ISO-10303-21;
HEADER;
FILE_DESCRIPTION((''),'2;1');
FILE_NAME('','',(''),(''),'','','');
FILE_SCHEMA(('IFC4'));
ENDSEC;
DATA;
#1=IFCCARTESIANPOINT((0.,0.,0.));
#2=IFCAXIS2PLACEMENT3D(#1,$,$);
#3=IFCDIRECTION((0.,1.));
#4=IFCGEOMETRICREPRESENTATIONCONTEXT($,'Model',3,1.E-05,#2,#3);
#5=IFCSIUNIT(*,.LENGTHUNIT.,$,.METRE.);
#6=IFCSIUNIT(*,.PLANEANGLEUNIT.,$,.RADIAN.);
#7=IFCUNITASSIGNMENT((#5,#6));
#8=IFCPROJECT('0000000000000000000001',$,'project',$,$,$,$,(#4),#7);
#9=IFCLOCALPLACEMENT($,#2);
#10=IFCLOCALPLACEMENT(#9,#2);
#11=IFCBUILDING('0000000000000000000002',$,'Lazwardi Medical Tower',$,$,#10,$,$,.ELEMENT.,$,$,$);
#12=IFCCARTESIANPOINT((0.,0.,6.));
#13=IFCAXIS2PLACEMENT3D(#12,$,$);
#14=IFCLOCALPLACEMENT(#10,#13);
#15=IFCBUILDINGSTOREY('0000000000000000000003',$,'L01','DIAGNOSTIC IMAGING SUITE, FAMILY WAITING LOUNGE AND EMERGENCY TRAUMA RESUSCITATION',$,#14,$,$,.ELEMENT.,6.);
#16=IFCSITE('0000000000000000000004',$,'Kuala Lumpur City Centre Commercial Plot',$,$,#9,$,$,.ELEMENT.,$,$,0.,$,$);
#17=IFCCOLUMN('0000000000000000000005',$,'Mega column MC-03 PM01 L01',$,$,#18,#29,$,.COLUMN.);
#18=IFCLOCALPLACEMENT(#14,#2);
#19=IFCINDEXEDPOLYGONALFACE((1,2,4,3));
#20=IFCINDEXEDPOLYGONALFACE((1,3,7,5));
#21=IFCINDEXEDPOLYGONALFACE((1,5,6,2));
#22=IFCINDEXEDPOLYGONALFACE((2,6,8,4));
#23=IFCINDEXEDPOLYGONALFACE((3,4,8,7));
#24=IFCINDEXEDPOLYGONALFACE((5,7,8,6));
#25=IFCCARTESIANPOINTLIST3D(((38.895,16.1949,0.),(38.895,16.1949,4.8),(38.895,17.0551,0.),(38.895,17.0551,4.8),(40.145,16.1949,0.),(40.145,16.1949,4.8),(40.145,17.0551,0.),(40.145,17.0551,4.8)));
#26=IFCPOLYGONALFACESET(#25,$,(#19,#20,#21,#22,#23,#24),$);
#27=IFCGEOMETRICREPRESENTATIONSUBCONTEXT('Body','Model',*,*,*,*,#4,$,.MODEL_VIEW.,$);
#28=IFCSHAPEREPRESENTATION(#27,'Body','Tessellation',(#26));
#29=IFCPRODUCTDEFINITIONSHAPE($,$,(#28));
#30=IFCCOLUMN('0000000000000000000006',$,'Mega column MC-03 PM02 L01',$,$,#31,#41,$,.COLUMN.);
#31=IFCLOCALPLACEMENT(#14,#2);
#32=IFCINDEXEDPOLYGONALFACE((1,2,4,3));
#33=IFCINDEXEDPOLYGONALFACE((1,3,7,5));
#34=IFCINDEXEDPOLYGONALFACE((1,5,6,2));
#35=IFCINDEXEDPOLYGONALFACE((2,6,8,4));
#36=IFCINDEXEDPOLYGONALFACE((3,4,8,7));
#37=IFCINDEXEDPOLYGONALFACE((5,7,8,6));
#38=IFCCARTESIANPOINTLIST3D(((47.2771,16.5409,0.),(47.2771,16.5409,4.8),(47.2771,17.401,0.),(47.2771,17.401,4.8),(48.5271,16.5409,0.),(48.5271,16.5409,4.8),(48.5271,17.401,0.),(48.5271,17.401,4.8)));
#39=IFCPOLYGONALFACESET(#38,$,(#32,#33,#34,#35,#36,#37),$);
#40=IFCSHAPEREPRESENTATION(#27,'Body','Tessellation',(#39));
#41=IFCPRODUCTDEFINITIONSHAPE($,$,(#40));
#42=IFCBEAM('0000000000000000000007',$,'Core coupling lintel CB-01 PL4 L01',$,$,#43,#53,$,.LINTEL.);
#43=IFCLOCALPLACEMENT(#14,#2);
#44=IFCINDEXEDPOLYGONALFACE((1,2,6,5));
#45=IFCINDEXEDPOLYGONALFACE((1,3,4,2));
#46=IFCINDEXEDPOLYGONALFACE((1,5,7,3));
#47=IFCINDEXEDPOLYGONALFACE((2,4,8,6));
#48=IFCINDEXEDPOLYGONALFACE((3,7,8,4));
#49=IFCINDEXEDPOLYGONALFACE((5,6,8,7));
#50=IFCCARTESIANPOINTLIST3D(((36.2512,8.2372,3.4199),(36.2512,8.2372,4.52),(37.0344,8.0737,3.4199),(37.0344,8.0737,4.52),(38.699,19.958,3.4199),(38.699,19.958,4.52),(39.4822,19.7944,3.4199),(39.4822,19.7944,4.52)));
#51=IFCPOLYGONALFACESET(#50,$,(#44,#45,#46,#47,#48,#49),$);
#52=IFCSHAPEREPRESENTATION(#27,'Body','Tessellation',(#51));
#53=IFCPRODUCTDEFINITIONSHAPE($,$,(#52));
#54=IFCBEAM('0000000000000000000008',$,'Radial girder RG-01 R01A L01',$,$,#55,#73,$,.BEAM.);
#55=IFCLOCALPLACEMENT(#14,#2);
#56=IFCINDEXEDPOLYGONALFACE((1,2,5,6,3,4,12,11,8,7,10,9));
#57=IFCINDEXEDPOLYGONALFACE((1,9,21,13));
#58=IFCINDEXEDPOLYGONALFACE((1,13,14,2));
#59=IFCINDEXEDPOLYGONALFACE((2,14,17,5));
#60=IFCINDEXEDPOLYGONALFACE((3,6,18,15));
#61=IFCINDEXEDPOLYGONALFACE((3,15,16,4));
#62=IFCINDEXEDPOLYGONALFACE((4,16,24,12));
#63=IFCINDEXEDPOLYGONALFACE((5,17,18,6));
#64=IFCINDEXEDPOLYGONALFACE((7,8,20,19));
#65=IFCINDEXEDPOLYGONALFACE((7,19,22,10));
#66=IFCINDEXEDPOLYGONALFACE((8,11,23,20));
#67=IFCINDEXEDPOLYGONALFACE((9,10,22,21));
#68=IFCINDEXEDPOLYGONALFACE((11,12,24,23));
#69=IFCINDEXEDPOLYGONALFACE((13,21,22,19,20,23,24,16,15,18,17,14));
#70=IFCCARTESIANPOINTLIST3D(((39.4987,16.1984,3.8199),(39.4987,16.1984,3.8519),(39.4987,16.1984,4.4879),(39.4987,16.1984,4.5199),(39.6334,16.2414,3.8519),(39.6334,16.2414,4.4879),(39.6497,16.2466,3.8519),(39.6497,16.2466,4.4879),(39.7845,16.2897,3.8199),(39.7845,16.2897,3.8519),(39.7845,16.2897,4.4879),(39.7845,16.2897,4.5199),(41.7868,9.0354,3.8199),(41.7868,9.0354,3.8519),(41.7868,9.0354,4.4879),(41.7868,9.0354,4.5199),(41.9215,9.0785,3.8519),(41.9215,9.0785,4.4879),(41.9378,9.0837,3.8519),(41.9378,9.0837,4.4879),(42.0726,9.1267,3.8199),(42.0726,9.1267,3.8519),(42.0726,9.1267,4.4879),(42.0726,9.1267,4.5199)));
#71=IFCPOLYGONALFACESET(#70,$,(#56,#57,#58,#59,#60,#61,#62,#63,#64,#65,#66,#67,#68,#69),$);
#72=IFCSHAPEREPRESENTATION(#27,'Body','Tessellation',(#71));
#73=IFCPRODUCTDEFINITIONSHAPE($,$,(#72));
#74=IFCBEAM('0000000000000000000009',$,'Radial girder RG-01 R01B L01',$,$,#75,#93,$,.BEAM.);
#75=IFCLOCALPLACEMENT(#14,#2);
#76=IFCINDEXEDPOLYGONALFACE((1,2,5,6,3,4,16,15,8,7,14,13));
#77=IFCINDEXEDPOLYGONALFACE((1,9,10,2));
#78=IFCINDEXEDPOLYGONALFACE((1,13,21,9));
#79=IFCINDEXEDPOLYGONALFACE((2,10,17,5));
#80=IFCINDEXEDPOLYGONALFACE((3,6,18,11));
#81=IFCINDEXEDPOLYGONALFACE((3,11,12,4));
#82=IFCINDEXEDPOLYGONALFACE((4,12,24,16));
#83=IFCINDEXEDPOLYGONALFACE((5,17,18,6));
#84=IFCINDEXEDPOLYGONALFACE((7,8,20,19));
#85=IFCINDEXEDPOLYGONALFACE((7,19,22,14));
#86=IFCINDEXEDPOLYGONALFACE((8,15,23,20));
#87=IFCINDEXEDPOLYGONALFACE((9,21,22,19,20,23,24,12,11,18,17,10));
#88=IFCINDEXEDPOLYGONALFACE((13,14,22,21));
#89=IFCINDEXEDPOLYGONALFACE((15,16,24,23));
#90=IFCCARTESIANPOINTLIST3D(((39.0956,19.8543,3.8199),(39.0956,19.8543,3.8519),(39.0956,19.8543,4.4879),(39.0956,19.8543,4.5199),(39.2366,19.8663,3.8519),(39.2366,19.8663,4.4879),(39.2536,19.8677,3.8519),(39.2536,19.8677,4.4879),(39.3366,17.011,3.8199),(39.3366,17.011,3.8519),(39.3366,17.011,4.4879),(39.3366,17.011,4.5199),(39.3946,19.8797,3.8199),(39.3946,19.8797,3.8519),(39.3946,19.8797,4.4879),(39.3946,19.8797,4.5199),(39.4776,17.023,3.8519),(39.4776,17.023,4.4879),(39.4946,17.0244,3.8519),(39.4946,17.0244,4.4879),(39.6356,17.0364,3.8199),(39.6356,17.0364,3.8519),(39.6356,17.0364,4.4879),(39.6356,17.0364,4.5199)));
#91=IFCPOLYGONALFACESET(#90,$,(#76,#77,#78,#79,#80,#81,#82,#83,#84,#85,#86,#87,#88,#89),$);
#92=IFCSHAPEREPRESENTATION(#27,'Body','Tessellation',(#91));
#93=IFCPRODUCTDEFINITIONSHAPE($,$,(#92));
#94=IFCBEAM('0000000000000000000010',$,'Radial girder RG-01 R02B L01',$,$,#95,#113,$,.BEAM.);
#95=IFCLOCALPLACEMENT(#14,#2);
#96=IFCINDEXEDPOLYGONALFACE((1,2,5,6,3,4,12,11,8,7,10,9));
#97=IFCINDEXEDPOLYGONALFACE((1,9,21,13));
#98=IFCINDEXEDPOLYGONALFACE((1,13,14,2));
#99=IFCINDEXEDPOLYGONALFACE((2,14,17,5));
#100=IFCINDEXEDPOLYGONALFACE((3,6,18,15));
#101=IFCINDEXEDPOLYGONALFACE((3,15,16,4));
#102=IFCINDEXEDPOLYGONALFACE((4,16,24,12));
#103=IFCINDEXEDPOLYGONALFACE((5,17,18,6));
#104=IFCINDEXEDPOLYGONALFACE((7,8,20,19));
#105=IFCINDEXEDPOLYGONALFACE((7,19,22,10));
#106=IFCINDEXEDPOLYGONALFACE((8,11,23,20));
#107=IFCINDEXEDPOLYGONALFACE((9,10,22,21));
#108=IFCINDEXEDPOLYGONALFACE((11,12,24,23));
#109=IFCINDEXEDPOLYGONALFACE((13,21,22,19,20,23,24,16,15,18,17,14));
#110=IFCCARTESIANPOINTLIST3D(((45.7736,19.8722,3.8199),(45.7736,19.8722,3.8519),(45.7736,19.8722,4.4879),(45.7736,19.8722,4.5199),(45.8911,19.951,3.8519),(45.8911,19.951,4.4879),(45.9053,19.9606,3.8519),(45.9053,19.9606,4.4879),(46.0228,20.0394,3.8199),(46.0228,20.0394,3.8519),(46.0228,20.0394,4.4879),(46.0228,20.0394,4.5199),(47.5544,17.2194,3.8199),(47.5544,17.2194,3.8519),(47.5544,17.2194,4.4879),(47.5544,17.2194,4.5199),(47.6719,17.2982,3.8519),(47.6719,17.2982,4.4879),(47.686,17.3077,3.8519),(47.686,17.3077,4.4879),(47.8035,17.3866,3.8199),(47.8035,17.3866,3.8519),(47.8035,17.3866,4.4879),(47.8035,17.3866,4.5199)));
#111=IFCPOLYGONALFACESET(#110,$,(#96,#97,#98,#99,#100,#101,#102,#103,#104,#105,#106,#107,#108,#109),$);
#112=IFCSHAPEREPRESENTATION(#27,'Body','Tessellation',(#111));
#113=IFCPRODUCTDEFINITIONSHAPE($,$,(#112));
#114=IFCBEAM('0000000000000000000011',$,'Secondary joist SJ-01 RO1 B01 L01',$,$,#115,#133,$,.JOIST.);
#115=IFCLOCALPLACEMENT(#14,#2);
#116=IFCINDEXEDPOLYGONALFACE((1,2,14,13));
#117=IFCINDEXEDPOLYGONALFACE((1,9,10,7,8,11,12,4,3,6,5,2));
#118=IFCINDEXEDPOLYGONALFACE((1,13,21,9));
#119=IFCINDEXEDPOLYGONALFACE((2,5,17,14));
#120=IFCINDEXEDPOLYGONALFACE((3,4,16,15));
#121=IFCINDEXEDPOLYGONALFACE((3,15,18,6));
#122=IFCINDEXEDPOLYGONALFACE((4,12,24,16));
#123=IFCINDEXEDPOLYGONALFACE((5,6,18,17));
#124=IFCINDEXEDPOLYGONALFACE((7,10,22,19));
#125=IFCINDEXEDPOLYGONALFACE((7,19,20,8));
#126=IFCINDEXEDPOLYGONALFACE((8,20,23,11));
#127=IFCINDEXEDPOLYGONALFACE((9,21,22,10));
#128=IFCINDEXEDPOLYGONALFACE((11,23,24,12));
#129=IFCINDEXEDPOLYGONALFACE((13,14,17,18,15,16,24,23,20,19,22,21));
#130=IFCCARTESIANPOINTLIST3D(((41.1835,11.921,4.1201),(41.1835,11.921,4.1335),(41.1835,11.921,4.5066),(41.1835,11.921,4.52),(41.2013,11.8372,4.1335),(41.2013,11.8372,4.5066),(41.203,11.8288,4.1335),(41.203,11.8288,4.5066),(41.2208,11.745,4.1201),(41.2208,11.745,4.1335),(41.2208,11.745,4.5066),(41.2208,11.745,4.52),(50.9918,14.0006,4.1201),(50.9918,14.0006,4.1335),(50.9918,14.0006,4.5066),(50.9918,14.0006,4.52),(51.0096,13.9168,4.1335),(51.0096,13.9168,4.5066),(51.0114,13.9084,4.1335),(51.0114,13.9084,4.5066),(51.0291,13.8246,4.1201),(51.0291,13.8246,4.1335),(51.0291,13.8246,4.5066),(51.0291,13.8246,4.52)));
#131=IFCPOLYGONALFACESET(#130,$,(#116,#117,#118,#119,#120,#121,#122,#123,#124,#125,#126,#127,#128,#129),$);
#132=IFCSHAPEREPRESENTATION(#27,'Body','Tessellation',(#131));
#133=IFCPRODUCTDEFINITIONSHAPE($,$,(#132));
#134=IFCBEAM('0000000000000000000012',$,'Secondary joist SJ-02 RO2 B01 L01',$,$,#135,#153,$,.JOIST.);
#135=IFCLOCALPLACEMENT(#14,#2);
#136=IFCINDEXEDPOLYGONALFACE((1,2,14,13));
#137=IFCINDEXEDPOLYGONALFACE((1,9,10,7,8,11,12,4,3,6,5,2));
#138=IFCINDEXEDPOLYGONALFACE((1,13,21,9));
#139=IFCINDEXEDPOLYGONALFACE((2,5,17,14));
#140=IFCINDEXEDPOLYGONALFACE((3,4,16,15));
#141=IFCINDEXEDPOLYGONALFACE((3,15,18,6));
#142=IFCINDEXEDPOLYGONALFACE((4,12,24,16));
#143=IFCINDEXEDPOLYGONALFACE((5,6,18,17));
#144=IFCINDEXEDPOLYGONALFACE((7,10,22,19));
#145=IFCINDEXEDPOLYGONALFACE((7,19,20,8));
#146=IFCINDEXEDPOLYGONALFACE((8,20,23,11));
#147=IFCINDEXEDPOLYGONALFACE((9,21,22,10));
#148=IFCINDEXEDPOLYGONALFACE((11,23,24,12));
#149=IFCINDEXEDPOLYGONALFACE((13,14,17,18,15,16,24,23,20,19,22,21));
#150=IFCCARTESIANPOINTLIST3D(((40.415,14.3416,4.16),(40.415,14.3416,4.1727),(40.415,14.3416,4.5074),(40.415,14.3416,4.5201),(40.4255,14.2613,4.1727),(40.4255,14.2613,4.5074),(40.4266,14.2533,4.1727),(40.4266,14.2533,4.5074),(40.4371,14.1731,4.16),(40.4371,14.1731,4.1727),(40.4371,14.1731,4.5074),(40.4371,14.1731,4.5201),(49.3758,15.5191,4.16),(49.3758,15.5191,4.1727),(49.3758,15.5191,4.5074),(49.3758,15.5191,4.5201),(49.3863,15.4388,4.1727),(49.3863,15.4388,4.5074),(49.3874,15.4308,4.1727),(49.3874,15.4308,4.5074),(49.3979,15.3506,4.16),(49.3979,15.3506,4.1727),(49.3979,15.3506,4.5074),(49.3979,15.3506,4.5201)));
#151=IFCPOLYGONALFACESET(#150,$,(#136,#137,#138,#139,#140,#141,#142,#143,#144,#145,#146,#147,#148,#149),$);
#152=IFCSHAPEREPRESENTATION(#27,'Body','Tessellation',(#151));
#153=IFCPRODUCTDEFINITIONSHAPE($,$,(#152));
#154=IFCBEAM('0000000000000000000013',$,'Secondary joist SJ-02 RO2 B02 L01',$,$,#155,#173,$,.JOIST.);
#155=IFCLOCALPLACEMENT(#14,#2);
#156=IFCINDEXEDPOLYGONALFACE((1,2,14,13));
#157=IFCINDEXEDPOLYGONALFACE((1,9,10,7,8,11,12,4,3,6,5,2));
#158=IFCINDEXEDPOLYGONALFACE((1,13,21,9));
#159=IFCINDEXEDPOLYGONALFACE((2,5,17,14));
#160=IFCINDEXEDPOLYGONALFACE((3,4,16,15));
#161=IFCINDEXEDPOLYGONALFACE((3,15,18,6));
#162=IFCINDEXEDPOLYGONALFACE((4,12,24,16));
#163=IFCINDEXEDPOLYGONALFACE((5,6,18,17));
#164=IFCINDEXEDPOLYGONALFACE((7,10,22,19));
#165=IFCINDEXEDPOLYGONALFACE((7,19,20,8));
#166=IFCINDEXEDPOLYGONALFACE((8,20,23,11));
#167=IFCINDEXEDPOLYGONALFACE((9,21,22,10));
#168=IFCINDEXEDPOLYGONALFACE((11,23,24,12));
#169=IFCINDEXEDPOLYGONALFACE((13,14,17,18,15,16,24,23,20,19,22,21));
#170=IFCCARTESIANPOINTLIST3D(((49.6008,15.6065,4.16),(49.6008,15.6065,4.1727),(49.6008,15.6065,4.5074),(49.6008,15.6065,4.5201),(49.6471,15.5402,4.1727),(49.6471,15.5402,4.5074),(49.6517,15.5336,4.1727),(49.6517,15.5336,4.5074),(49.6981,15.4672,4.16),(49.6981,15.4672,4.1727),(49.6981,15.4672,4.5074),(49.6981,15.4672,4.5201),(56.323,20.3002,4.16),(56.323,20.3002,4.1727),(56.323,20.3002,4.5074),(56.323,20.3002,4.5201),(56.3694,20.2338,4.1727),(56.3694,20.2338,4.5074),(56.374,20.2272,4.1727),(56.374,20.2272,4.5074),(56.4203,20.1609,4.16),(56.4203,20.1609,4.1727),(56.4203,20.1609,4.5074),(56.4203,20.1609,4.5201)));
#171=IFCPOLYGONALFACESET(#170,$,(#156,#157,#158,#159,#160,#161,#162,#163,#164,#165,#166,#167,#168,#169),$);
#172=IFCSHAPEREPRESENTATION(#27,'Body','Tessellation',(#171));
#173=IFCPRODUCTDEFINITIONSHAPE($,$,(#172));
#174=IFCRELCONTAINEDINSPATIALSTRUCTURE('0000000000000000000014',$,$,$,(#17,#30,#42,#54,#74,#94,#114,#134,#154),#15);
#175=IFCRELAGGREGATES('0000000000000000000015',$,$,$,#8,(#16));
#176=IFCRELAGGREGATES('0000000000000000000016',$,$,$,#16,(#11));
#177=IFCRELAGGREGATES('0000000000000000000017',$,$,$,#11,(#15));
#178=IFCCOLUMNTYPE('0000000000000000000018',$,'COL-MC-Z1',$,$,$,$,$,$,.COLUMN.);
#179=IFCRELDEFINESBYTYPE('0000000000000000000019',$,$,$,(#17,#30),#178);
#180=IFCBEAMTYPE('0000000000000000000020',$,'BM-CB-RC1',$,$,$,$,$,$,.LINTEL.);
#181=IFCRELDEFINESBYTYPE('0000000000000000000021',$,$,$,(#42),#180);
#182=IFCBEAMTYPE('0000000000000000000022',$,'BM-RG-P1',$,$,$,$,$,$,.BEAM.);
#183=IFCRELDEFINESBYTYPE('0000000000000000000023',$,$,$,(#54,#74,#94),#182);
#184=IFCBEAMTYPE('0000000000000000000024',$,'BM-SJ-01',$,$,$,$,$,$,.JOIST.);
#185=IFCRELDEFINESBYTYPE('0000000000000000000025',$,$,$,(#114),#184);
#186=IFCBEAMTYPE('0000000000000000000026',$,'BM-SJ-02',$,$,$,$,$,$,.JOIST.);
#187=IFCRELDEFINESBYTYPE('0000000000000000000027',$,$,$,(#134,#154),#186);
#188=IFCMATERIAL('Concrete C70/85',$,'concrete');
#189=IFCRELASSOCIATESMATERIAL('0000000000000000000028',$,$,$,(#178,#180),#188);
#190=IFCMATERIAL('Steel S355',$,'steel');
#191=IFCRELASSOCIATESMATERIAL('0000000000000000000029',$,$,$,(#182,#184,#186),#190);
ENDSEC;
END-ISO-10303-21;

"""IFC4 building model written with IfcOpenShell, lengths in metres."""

from ifc_helpers import new_model, si_unit, direction, frame, origin, origin_2d, place, context, subcontext, project, spatial, rectangle, i_section, extrude, material, material_profile, profile_set, type_object, element, save


model = new_model("IFC4")

# Units and contexts
model_context = context("Model", 3, precision=1e-05, world=origin(), true_north=direction((0.0, 1.0)))
body_context = subcontext(model_context, "Body", "Model", "MODEL_VIEW")
ifc_project = project(units=[si_unit("LENGTHUNIT", "METRE"), si_unit("PLANEANGLEUNIT", "RADIAN")], contexts=[model_context])

# Site, building, storey
site_placement = place(None, origin())
site = spatial("IfcSite", under=ifc_project, at=site_placement, Name="Kuala Lumpur City Centre Commercial Plot", CompositionType="ELEMENT", RefElevation=0.0)
building_placement = place(site_placement, origin())
building = spatial("IfcBuilding", under=site, at=building_placement, Name="Lazwardi Medical Tower", CompositionType="ELEMENT")
storey_placement = place(building_placement, frame((0.0, 0.0, 6.0)))
storey = spatial("IfcBuildingStorey", under=building, at=storey_placement, Name="L01", Description="DIAGNOSTIC IMAGING SUITE, FAMILY WAITING LOUNGE AND EMERGENCY TRAUMA RESUSCITATION", CompositionType="ELEMENT", Elevation=6.0)

# Columns
ifc_material_1 = material(Name="Concrete C70/85", Category="concrete")
ifc_material_profile_1 = material_profile(ifc_material_1, rectangle(XDim=1.25, YDim=0.8601, at=origin_2d()), Name="CFT-RECT 1250x860")
ifc_profile_set_1 = profile_set([ifc_material_profile_1], Name="Concrete C70/85")
column_type = type_object("IfcColumnType", Name="COL-MC-Z1", PredefinedType="COLUMN", material=ifc_profile_set_1)
for number, where, z_axis, x_axis, name in (
    (1, (39.52, 16.625, 0.0), (0.0, 0.0, 1.0), (1.0, 0.0, 0.0), "Mega column MC-03 PM01 L01"),
    (2, (47.9021, 16.9709, 0.0), (0.0, 0.0, 1.0), (1.0, 0.0, 0.0), "Mega column MC-03 PM02 L01"),
):
    element("IfcColumn", number, at=place(storey_placement, frame(where, z_axis=z_axis, x_axis=x_axis)), inside=storey, type_object=column_type, Name=name, PredefinedType="COLUMN", context=body_context, shape_type="SweptSolid", body=[
        extrude(rectangle(XDim=1.25, YDim=0.8601, at=origin_2d()), origin(), (0.0, 0.0, 1.0), 4.8),
    ])

# Beams
ifc_material_profile_2 = material_profile(ifc_material_1, rectangle(XDim=0.8, YDim=1.1001, at=origin_2d()), Name="RC 800x1100")
ifc_profile_set_2 = profile_set([ifc_material_profile_2], Name="Concrete C70/85")
beam_type_1 = type_object("IfcBeamType", Name="BM-CB-RC1", PredefinedType="LINTEL", material=ifc_profile_set_2)
beam_1_placement = place(storey_placement, frame((39.0906, 19.8762, 3.97), z_axis=(-0.20443, -0.978881, 0.0), x_axis=(0.978881, -0.20443, 0.0)))
element("IfcBeam", 3, at=beam_1_placement, inside=storey, type_object=beam_type_1, Name="Core coupling lintel CB-01 PL4 L01", PredefinedType="LINTEL", context=body_context, shape_type="SweptSolid", body=[
    extrude(rectangle(XDim=0.8, YDim=1.1001, at=origin_2d()), origin(), (0.0, 0.0, 1.0), 11.9736),
])
ifc_material_2 = material(Name="Steel S355", Category="steel")
ifc_material_profile_3 = material_profile(ifc_material_2, i_section(OverallWidth=0.3, OverallDepth=0.7, WebThickness=0.0171, FlangeThickness=0.032, at=origin_2d()), Name="HEB 700")
ifc_profile_set_3 = profile_set([ifc_material_profile_3], Name="Steel S355")
beam_type_2 = type_object("IfcBeamType", Name="BM-RG-P1", PredefinedType="BEAM", material=ifc_profile_set_3)
beam_2_placement = place(storey_placement, frame((41.9297, 9.0811, 4.1699), z_axis=(-0.30429, 0.952579, 0.0), x_axis=(-0.952579, -0.30429, 0.0)))
element("IfcBeam", 4, at=beam_2_placement, inside=storey, type_object=beam_type_2, Name="Radial girder RG-01 R01A L01", PredefinedType="BEAM", context=body_context, shape_type="SweptSolid", body=[
    extrude(i_section(OverallWidth=0.3, OverallDepth=0.7, WebThickness=0.0171, FlangeThickness=0.032, at=origin_2d()), origin(), (0.0, 0.0, 1.0), 7.5195),
])
beam_3_placement = place(storey_placement, frame((39.4861, 17.0237, 4.1699), z_axis=(-0.084447, 0.996428, 0.0), x_axis=(-0.996428, -0.084447, 0.0)))
element("IfcBeam", 5, at=beam_3_placement, inside=storey, type_object=beam_type_2, Name="Radial girder RG-01 R01B L01", PredefinedType="BEAM", context=body_context, shape_type="SweptSolid", body=[
    extrude(i_section(OverallWidth=0.3, OverallDepth=0.7, WebThickness=0.0171, FlangeThickness=0.032, at=origin_2d()), origin(), (0.0, 0.0, 1.0), 2.8535),
])
beam_4_placement = place(storey_placement, frame((47.679, 17.303, 4.1699), z_axis=(-0.557342, 0.830283, 0.0), x_axis=(-0.830283, -0.557342, 0.0)))
element("IfcBeam", 6, at=beam_4_placement, inside=storey, type_object=beam_type_2, Name="Radial girder RG-01 R02B L01", PredefinedType="BEAM", context=body_context, shape_type="SweptSolid", body=[
    extrude(i_section(OverallWidth=0.3, OverallDepth=0.7, WebThickness=0.0171, FlangeThickness=0.032, at=origin_2d()), origin(), (0.0, 0.0, 1.0), 3.1951),
])
ifc_material_profile_4 = material_profile(ifc_material_2, i_section(OverallWidth=0.1799, OverallDepth=0.3999, WebThickness=0.0085, FlangeThickness=0.0134, at=origin_2d()), Name="IPE 400")
ifc_profile_set_4 = profile_set([ifc_material_profile_4], Name="Steel S355")
beam_type_3 = type_object("IfcBeamType", Name="BM-SJ-01", PredefinedType="JOIST", material=ifc_profile_set_4)
beam_5_placement = place(storey_placement, frame((41.2021, 11.833, 4.3201), z_axis=(0.978254, 0.207412, 0.0), x_axis=(-0.207412, 0.978254, 0.0)))
element("IfcBeam", 7, at=beam_5_placement, inside=storey, type_object=beam_type_3, Name="Secondary joist SJ-01 RO1 B01 L01", PredefinedType="JOIST", context=body_context, shape_type="SweptSolid", body=[
    extrude(i_section(OverallWidth=0.1799, OverallDepth=0.3999, WebThickness=0.0085, FlangeThickness=0.0134, at=origin_2d()), origin(), (0.0, 0.0, 1.0), 10.0264),
])
ifc_material_profile_5 = material_profile(ifc_material_2, i_section(OverallWidth=0.1699, OverallDepth=0.3601, WebThickness=0.0081, FlangeThickness=0.0127, at=origin_2d()), Name="IPE 360")
ifc_profile_set_5 = profile_set([ifc_material_profile_5], Name="Steel S355")
beam_type_4 = type_object("IfcBeamType", Name="BM-SJ-02", PredefinedType="JOIST", material=ifc_profile_set_5)
beam_6_placement = place(storey_placement, frame((40.426, 14.2573, 4.3401), z_axis=(0.991476, 0.130286, 0.0), x_axis=(-0.130286, 0.991476, 0.0)))
element("IfcBeam", 8, at=beam_6_placement, inside=storey, type_object=beam_type_4, Name="Secondary joist SJ-02 RO2 B01 L01", PredefinedType="JOIST", context=body_context, shape_type="SweptSolid", body=[
    extrude(i_section(OverallWidth=0.1699, OverallDepth=0.3601, WebThickness=0.0081, FlangeThickness=0.0127, at=origin_2d()), origin(), (0.0, 0.0, 1.0), 9.0378),
])
beam_7_placement = place(storey_placement, frame((49.6494, 15.5369, 4.3401), z_axis=(0.819914, 0.572487, 0.0), x_axis=(-0.572487, 0.819914, 0.0)))
element("IfcBeam", 9, at=beam_7_placement, inside=storey, type_object=beam_type_4, Name="Secondary joist SJ-02 RO2 B02 L01", PredefinedType="JOIST", context=body_context, shape_type="SweptSolid", body=[
    extrude(i_section(OverallWidth=0.1699, OverallDepth=0.3601, WebThickness=0.0081, FlangeThickness=0.0127, at=origin_2d()), origin(), (0.0, 0.0, 1.0), 8.1987),
])

save(model, "model.ifc")
